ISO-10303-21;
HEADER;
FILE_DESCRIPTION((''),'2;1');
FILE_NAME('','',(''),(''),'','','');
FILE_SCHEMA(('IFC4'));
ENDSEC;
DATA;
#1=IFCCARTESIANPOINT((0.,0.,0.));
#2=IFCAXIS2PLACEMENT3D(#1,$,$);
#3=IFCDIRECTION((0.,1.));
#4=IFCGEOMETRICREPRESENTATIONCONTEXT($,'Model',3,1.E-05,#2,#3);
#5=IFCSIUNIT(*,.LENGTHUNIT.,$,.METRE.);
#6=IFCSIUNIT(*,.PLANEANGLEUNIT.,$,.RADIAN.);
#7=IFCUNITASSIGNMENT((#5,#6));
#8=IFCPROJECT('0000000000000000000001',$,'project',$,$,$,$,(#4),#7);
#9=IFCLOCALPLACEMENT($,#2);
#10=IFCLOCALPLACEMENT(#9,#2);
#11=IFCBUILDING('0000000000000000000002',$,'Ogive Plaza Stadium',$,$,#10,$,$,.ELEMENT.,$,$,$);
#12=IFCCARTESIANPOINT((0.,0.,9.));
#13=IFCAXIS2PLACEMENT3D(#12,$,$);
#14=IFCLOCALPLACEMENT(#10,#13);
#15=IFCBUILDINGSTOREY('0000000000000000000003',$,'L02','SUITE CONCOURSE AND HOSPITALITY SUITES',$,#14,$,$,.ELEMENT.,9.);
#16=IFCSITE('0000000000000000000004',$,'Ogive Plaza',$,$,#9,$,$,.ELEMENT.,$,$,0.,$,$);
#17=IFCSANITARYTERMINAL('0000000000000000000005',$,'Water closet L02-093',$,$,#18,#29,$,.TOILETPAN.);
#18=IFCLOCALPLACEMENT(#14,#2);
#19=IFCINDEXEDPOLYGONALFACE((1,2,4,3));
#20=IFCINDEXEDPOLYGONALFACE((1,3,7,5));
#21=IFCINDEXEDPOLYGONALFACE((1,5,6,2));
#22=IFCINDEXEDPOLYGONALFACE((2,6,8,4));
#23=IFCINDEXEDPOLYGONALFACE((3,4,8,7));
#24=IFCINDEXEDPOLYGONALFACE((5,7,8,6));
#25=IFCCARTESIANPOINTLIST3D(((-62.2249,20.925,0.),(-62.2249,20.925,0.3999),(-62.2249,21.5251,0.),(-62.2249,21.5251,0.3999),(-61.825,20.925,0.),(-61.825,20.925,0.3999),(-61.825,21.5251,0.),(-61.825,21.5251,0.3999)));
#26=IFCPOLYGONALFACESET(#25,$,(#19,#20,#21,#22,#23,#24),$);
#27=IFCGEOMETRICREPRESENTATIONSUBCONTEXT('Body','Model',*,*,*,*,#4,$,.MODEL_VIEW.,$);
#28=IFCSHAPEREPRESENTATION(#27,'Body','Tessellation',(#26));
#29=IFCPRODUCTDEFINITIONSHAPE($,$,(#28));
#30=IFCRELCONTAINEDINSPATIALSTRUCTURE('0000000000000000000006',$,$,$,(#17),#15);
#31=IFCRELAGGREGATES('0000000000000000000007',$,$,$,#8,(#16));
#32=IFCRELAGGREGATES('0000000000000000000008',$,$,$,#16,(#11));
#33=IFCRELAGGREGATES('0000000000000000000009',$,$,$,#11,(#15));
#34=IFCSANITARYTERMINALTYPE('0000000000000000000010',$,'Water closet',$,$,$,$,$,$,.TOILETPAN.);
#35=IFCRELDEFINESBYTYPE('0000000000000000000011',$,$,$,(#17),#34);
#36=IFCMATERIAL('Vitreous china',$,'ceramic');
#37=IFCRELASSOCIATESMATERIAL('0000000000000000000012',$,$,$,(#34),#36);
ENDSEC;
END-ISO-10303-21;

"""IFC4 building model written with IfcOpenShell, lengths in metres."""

from ifc_helpers import new_model, si_unit, direction, frame, origin, origin_2d, place, context, subcontext, project, spatial, rectangle, extrude, material, type_object, element, save


model = new_model("IFC4")

# Units and contexts
model_context = context("Model", 3, precision=1e-05, world=origin(), true_north=direction((0.0, 1.0)))
body_context = subcontext(model_context, "Body", "Model", "MODEL_VIEW")
ifc_project = project(units=[si_unit("LENGTHUNIT", "METRE"), si_unit("PLANEANGLEUNIT", "RADIAN")], contexts=[model_context])

# Site, building, storey
site_placement = place(None, origin())
site = spatial("IfcSite", under=ifc_project, at=site_placement, Name="Ogive Plaza", CompositionType="ELEMENT", RefElevation=0.0)
building_placement = place(site_placement, origin())
building = spatial("IfcBuilding", under=site, at=building_placement, Name="Ogive Plaza Stadium", CompositionType="ELEMENT")
storey_placement = place(building_placement, frame((0.0, 0.0, 9.0)))
storey = spatial("IfcBuildingStorey", under=building, at=storey_placement, Name="L02", Description="SUITE CONCOURSE AND HOSPITALITY SUITES", CompositionType="ELEMENT", Elevation=9.0)

# Sanitary terminal
ifc_material_1 = material(Name="Vitreous china", Category="ceramic")
sanitary_terminal_type = type_object("IfcSanitaryTerminalType", Name="Water closet", PredefinedType="TOILETPAN", material=ifc_material_1)
sanitary_terminal_placement = place(storey_placement, frame((-62.0249, 21.2251, 0.0), z_axis=(0.0, 0.0, 1.0), x_axis=(-1.0, 0.0, 0.0)))
element("IfcSanitaryTerminal", 1, at=sanitary_terminal_placement, inside=storey, type_object=sanitary_terminal_type, Name="Water closet L02-093", PredefinedType="TOILETPAN", context=body_context, shape_type="SweptSolid", body=[
    extrude(rectangle(XDim=0.3999, YDim=0.6001, at=origin_2d()), origin(), (0.0, 0.0, 1.0), 0.3999),
])

save(model, "model.ifc")
